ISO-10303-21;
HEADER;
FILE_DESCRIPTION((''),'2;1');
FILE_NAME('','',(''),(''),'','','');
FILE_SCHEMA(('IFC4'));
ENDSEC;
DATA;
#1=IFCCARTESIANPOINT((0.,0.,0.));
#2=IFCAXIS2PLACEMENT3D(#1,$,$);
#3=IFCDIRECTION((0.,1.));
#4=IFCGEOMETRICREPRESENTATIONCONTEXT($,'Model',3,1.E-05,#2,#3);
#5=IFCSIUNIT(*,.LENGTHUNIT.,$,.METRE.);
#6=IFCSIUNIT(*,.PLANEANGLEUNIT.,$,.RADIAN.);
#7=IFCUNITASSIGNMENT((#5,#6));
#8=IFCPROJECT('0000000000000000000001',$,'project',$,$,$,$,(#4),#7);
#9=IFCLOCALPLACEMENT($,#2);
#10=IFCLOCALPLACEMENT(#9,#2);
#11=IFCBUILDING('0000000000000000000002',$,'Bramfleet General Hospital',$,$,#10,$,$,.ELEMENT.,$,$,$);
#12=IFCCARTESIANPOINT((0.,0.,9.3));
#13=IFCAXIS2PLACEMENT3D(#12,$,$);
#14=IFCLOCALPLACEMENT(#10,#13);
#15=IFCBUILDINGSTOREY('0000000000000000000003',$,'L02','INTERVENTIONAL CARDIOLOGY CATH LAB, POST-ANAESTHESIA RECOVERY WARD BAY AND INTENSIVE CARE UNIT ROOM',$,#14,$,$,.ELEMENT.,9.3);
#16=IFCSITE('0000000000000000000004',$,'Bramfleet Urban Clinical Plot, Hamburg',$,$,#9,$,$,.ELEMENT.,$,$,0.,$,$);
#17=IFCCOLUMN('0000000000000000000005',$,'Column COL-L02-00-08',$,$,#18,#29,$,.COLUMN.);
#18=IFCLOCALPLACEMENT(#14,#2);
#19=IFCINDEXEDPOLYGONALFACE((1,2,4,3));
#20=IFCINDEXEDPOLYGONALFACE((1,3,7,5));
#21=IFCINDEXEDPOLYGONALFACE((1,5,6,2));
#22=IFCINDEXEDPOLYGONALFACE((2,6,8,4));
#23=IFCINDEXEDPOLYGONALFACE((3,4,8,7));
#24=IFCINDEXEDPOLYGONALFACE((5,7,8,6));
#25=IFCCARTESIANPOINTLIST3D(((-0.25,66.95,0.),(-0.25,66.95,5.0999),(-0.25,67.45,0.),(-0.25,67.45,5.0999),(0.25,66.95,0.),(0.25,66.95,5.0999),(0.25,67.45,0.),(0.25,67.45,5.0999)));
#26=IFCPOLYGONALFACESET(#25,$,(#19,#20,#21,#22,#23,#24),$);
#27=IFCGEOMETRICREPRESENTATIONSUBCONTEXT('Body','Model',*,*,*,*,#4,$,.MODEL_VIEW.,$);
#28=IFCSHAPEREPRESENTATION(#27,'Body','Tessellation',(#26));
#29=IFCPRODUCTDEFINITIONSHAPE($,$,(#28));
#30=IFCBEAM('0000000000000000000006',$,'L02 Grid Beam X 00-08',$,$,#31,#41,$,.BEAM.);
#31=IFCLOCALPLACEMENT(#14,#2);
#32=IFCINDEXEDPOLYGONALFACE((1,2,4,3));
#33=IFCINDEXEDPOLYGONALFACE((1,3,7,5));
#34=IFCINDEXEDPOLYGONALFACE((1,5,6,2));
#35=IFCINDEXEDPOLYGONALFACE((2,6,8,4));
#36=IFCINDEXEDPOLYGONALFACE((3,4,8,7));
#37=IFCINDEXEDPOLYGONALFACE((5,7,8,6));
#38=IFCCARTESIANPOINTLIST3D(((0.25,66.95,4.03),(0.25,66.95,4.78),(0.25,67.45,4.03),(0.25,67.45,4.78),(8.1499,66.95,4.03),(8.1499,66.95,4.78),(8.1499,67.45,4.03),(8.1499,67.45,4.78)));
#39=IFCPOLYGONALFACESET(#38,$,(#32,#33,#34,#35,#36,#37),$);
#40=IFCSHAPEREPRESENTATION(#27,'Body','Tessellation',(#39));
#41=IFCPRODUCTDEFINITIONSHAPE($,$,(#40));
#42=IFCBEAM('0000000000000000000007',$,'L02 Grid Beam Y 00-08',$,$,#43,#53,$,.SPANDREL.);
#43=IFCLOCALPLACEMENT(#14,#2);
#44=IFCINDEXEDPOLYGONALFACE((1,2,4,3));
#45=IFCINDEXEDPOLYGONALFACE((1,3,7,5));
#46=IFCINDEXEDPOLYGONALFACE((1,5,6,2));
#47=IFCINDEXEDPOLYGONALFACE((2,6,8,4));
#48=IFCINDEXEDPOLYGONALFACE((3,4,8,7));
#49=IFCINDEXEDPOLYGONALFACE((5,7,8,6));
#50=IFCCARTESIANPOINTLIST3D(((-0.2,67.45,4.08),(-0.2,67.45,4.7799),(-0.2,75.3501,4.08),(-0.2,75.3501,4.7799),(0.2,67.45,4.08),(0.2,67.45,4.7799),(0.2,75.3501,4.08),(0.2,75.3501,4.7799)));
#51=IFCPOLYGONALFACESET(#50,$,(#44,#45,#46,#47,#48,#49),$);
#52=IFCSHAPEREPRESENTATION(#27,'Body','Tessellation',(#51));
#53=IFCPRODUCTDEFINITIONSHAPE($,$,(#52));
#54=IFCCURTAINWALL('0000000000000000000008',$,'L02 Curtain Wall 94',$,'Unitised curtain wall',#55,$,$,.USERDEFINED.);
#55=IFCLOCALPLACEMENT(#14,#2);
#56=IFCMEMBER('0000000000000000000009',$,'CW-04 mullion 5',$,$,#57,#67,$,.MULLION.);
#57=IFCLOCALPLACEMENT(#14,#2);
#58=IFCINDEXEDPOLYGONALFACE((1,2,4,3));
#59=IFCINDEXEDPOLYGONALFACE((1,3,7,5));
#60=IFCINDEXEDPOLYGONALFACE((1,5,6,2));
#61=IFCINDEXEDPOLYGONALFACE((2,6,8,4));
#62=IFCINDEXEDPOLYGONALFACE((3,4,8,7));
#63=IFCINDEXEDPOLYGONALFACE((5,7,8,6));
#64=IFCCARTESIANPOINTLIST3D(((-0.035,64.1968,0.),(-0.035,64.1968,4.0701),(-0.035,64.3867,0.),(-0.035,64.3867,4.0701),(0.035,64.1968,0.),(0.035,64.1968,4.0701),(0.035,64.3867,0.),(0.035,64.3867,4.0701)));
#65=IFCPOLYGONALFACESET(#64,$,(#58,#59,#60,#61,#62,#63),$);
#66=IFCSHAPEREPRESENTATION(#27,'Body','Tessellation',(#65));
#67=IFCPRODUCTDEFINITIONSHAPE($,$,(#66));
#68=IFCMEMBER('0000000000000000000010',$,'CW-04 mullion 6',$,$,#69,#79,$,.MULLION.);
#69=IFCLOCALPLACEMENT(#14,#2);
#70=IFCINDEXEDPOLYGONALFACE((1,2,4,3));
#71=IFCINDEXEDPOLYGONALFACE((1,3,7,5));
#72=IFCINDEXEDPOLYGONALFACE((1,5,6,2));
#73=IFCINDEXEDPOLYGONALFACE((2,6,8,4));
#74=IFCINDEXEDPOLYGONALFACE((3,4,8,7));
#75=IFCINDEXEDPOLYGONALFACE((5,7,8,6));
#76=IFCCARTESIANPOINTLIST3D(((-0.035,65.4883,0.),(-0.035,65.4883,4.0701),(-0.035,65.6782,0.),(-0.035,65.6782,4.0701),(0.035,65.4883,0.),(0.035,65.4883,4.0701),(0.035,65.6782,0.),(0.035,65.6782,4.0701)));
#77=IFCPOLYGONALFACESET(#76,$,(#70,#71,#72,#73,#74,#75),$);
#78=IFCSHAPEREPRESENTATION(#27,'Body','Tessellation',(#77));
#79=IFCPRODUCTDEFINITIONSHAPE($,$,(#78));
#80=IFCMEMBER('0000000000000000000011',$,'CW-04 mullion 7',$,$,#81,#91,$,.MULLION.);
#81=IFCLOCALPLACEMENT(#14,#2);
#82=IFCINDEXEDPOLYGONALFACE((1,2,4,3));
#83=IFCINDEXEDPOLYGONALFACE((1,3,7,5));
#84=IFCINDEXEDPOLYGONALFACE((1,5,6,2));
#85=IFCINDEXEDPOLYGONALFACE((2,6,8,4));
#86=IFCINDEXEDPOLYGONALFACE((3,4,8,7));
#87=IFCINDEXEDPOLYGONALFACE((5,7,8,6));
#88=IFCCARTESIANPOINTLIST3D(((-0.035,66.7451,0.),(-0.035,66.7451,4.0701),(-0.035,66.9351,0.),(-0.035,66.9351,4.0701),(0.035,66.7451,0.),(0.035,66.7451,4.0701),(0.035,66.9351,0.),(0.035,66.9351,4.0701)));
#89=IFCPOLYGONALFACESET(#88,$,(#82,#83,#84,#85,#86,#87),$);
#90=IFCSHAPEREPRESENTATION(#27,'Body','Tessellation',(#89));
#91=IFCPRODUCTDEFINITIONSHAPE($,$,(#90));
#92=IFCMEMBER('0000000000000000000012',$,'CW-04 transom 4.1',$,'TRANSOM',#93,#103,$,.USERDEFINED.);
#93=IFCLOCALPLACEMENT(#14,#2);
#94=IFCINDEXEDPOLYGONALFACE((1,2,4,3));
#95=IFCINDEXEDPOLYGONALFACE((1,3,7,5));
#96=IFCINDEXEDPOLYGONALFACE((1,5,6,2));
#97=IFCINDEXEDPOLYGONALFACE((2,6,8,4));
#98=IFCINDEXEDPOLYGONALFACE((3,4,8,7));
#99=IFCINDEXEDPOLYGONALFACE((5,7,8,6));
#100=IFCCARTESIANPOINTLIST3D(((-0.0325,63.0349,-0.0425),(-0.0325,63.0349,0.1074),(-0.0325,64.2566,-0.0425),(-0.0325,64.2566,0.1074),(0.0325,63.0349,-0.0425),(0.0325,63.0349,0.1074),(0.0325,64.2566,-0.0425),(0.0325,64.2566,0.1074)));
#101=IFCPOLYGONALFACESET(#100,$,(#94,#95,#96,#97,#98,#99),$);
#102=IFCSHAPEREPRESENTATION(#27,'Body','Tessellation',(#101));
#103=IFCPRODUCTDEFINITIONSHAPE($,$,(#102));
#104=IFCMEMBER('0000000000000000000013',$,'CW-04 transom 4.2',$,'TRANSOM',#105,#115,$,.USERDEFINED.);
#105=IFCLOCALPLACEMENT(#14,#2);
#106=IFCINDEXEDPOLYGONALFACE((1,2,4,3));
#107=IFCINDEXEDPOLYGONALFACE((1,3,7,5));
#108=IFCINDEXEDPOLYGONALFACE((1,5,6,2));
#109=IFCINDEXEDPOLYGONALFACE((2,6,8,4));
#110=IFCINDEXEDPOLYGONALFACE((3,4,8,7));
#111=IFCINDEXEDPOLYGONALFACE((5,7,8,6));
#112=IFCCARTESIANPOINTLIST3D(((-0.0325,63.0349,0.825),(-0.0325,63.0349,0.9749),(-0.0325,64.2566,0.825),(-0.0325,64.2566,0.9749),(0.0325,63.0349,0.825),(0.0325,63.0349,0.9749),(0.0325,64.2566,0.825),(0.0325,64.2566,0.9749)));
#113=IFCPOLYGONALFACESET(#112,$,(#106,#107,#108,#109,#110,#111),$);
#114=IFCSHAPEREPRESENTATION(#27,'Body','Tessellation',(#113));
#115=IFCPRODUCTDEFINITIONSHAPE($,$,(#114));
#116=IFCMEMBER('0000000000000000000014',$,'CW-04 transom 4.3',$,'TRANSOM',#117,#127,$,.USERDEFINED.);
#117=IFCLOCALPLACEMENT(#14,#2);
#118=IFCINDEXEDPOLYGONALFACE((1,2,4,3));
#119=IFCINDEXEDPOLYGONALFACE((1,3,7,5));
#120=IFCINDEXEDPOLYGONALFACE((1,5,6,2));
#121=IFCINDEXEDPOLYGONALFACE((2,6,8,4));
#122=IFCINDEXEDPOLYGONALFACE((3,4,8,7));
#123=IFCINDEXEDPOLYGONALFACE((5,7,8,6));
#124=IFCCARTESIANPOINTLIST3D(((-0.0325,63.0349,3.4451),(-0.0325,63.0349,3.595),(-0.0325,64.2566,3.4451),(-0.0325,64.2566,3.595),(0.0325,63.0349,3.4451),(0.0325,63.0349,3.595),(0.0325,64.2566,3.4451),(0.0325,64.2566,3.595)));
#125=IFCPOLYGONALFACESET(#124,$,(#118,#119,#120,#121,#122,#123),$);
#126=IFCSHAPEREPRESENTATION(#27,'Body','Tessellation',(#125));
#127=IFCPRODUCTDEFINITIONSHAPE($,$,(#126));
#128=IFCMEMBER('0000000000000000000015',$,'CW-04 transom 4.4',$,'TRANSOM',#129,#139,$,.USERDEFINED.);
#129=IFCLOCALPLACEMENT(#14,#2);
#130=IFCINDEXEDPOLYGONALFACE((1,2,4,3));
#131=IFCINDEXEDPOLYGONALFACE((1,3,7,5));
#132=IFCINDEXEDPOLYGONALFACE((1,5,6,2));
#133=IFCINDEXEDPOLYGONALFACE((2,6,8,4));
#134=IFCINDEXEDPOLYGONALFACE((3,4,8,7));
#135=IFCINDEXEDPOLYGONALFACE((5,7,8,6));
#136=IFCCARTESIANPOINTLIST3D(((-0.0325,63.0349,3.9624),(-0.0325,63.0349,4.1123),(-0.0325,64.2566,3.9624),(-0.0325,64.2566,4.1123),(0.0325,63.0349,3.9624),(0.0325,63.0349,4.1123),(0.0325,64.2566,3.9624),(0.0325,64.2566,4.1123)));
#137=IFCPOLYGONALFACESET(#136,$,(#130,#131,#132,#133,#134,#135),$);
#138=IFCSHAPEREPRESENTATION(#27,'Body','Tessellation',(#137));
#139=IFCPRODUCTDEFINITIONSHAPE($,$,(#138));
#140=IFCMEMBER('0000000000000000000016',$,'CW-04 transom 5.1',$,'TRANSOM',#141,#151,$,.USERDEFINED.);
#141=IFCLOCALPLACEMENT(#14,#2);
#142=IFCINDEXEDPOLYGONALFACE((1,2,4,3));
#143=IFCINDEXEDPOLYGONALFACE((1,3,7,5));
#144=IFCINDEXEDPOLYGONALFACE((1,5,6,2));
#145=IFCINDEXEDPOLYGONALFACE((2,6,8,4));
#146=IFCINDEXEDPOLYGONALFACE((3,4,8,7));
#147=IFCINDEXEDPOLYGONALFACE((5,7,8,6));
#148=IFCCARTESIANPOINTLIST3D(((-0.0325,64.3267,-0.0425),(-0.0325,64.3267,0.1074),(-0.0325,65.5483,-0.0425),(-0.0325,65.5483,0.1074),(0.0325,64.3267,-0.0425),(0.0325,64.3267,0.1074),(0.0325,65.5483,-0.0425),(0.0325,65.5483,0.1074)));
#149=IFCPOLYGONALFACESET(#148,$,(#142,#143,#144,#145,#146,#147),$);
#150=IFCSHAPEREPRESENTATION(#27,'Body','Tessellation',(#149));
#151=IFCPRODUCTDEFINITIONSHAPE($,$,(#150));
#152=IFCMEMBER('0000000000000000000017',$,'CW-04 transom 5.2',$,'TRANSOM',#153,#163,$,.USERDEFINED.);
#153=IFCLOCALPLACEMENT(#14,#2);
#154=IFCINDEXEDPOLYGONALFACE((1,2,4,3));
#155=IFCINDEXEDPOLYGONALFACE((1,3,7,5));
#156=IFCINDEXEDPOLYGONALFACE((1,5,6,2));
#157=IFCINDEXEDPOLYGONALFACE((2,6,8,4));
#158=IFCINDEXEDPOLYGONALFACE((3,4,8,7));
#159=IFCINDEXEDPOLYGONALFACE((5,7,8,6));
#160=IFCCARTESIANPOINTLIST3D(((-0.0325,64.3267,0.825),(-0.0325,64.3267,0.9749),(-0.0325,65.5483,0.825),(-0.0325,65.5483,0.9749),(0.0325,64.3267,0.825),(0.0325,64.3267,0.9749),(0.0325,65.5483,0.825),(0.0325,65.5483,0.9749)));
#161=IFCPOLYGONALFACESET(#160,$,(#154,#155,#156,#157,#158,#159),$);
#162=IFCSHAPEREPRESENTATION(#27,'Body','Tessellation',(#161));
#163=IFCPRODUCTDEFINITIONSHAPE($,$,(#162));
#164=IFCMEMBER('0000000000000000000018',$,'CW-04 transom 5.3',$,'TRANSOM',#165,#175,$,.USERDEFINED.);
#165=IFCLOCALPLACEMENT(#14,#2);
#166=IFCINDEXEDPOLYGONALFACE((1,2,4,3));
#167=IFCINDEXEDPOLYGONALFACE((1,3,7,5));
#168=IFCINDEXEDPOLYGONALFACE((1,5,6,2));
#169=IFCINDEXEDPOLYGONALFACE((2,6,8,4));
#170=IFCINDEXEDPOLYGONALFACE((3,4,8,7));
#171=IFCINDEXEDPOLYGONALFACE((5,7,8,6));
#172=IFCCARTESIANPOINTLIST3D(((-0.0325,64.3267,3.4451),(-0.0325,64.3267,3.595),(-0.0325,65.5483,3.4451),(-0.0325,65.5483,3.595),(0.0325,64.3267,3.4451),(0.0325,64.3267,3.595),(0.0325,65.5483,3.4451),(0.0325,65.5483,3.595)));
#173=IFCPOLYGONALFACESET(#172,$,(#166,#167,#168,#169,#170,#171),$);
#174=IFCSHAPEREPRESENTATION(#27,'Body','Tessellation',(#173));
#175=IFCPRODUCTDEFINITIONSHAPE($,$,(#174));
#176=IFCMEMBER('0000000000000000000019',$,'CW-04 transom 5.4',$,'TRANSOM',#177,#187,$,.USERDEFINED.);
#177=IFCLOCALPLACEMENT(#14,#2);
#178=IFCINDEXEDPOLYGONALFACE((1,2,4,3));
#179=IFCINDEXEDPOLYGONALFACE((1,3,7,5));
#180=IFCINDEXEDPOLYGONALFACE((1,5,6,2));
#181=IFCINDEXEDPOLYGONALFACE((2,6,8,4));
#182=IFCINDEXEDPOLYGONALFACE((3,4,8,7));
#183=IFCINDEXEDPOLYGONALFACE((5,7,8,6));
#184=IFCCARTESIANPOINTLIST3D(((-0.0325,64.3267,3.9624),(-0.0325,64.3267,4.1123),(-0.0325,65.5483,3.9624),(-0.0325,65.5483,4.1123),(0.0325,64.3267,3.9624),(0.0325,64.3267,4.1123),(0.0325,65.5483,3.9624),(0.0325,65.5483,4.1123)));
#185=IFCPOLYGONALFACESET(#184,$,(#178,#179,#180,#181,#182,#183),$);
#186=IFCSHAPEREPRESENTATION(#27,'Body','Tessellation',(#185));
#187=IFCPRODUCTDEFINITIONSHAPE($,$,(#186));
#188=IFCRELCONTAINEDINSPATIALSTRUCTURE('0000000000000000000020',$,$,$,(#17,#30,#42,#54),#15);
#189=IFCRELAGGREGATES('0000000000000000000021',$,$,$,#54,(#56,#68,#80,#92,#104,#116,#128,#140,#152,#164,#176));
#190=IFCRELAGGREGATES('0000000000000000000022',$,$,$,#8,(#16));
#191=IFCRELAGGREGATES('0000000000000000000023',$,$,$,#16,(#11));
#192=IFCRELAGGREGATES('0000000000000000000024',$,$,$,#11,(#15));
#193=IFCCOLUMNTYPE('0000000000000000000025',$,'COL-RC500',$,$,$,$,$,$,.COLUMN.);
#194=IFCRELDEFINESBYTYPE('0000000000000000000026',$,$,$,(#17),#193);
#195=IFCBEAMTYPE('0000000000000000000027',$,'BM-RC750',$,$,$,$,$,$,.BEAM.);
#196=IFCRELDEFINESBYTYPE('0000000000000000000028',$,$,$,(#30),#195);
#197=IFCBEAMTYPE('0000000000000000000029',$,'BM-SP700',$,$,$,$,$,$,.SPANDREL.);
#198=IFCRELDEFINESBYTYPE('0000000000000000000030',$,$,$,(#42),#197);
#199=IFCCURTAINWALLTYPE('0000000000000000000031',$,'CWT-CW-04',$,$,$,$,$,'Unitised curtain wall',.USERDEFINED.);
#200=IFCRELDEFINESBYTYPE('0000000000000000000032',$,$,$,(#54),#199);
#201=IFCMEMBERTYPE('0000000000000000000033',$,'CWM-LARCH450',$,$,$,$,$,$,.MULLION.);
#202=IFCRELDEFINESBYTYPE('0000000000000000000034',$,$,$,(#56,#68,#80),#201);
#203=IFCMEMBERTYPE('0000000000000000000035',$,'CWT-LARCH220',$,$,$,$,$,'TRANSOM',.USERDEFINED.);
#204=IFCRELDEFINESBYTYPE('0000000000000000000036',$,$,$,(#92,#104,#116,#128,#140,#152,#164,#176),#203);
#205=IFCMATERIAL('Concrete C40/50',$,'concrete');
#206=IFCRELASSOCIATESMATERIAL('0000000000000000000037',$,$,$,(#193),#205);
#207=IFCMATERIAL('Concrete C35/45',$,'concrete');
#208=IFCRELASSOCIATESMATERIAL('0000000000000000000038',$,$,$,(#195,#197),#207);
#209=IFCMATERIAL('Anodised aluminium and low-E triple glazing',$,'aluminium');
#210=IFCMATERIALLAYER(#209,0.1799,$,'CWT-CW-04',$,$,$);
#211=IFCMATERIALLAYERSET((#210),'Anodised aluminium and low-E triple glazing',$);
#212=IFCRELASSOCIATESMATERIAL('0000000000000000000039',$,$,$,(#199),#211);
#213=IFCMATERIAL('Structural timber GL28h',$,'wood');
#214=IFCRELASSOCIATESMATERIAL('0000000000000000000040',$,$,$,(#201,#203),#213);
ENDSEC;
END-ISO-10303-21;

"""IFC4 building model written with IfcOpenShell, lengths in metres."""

from ifc_helpers import new_model, si_unit, direction, frame, origin, origin_2d, place, context, subcontext, project, spatial, rectangle, extrude, material, layer, layer_set, material_profile, profile_set, type_object, element, aggregate, save


model = new_model("IFC4")

# Units and contexts
model_context = context("Model", 3, precision=1e-05, world=origin(), true_north=direction((0.0, 1.0)))
body_context = subcontext(model_context, "Body", "Model", "MODEL_VIEW")
ifc_project = project(units=[si_unit("LENGTHUNIT", "METRE"), si_unit("PLANEANGLEUNIT", "RADIAN")], contexts=[model_context])

# Site, building, storey
site_placement = place(None, origin())
site = spatial("IfcSite", under=ifc_project, at=site_placement, Name="Bramfleet Urban Clinical Plot, Hamburg", CompositionType="ELEMENT", RefElevation=0.0)
building_placement = place(site_placement, origin())
building = spatial("IfcBuilding", under=site, at=building_placement, Name="Bramfleet General Hospital", CompositionType="ELEMENT")
storey_placement = place(building_placement, frame((0.0, 0.0, 9.3)))
storey = spatial("IfcBuildingStorey", under=building, at=storey_placement, Name="L02", Description="INTERVENTIONAL CARDIOLOGY CATH LAB, POST-ANAESTHESIA RECOVERY WARD BAY AND INTENSIVE CARE UNIT ROOM", CompositionType="ELEMENT", Elevation=9.3)

# Column
ifc_material_1 = material(Name="Concrete C40/50", Category="concrete")
ifc_material_profile_1 = material_profile(ifc_material_1, rectangle(XDim=0.5, YDim=0.5, at=origin_2d()), Name="RC COL 500x500")
ifc_profile_set_1 = profile_set([ifc_material_profile_1], Name="Concrete C40/50")
column_type = type_object("IfcColumnType", Name="COL-RC500", PredefinedType="COLUMN", material=ifc_profile_set_1)
column_placement = place(storey_placement, frame((0.0, 67.2, 0.0), z_axis=(0.0, 0.0, 1.0), x_axis=(1.0, 0.0, 0.0)))
element("IfcColumn", 1, at=column_placement, inside=storey, type_object=column_type, Name="Column COL-L02-00-08", PredefinedType="COLUMN", context=body_context, shape_type="SweptSolid", body=[
    extrude(rectangle(XDim=0.5, YDim=0.5, at=origin_2d()), origin(), (0.0, 0.0, 1.0), 5.0999),
])

# Beams
ifc_material_2 = material(Name="Concrete C35/45", Category="concrete")
ifc_material_profile_2 = material_profile(ifc_material_2, rectangle(XDim=0.5, YDim=0.75, at=origin_2d()), Name="RC BM 750x500")
ifc_profile_set_2 = profile_set([ifc_material_profile_2], Name="Concrete C35/45")
beam_type_1 = type_object("IfcBeamType", Name="BM-RC750", PredefinedType="BEAM", material=ifc_profile_set_2)
beam_1_placement = place(storey_placement, frame((0.25, 67.2, 4.405), z_axis=(1.0, 0.0, 0.0), x_axis=(0.0, 1.0, 0.0)))
element("IfcBeam", 2, at=beam_1_placement, inside=storey, type_object=beam_type_1, Name="L02 Grid Beam X 00-08", PredefinedType="BEAM", context=body_context, shape_type="SweptSolid", body=[
    extrude(rectangle(XDim=0.5, YDim=0.75, at=origin_2d()), origin(), (0.0, 0.0, 1.0), 7.8999),
])
ifc_material_profile_3 = material_profile(ifc_material_2, rectangle(XDim=0.3999, YDim=0.7, at=origin_2d()), Name="RC SP 700x400")
ifc_profile_set_3 = profile_set([ifc_material_profile_3], Name="Concrete C35/45")
beam_type_2 = type_object("IfcBeamType", Name="BM-SP700", PredefinedType="SPANDREL", material=ifc_profile_set_3)
beam_2_placement = place(storey_placement, frame((0.0, 67.45, 4.4299), z_axis=(0.0, 1.0, 0.0), x_axis=(-1.0, 0.0, 0.0)))
element("IfcBeam", 3, at=beam_2_placement, inside=storey, type_object=beam_type_2, Name="L02 Grid Beam Y 00-08", PredefinedType="SPANDREL", context=body_context, shape_type="SweptSolid", body=[
    extrude(rectangle(XDim=0.3999, YDim=0.7, at=origin_2d()), origin(), (0.0, 0.0, 1.0), 7.9001),
])

# Curtain wall, members
ifc_material_3 = material(Name="Anodised aluminium and low-E triple glazing", Category="aluminium")
ifc_layer_1 = layer(ifc_material_3, 0.1799, Name="CWT-CW-04")
ifc_layer_set_1 = layer_set([ifc_layer_1], Name="Anodised aluminium and low-E triple glazing")
curtain_wall_type = type_object("IfcCurtainWallType", Name="CWT-CW-04", ElementType="Unitised curtain wall", PredefinedType="USERDEFINED", material=ifc_layer_set_1)
curtain_wall_placement = place(storey_placement, origin())
curtain_wall = element("IfcCurtainWall", 4, at=curtain_wall_placement, inside=storey, type_object=curtain_wall_type, Name="L02 Curtain Wall 94", ObjectType="Unitised curtain wall", PredefinedType="USERDEFINED")
ifc_material_4 = material(Name="Structural timber GL28h", Category="wood")
ifc_material_profile_4 = material_profile(ifc_material_4, rectangle(XDim=0.0701, YDim=0.1899, at=origin_2d()), Name="LARCH 190x70")
ifc_profile_set_4 = profile_set([ifc_material_profile_4], Name="Structural timber GL28h")
member_type_1 = type_object("IfcMemberType", Name="CWM-LARCH450", PredefinedType="MULLION", material=ifc_profile_set_4)
member_1_placement = place(storey_placement, frame((0.0, 64.2917, 0.0), z_axis=(0.0, 0.0, 1.0), x_axis=(-1.0, 0.0, 0.0)))
member_1 = element("IfcMember", 5, at=member_1_placement, type_object=member_type_1, Name="CW-04 mullion 5", PredefinedType="MULLION", context=body_context, shape_type="SweptSolid", body=[
    extrude(rectangle(XDim=0.0701, YDim=0.1899, at=origin_2d()), origin(), (0.0, 0.0, 1.0), 4.0701),
])
member_2_placement = place(storey_placement, frame((0.0, 65.5833, 0.0), z_axis=(0.0, 0.0, 1.0), x_axis=(-1.0, 0.0, 0.0)))
member_2 = element("IfcMember", 6, at=member_2_placement, type_object=member_type_1, Name="CW-04 mullion 6", PredefinedType="MULLION", context=body_context, shape_type="SweptSolid", body=[
    extrude(rectangle(XDim=0.0701, YDim=0.1899, at=origin_2d()), origin(), (0.0, 0.0, 1.0), 4.0701),
])
member_3_placement = place(storey_placement, frame((0.0, 66.8401, 0.0), z_axis=(0.0, 0.0, 1.0), x_axis=(-1.0, 0.0, 0.0)))
member_3 = element("IfcMember", 7, at=member_3_placement, type_object=member_type_1, Name="CW-04 mullion 7", PredefinedType="MULLION", context=body_context, shape_type="SweptSolid", body=[
    extrude(rectangle(XDim=0.0701, YDim=0.1899, at=origin_2d()), origin(), (0.0, 0.0, 1.0), 4.0701),
])
ifc_material_profile_5 = material_profile(ifc_material_4, rectangle(XDim=0.0649, YDim=0.1499, at=origin_2d()), Name="LARCH 150x65")
ifc_profile_set_5 = profile_set([ifc_material_profile_5], Name="Structural timber GL28h")
member_type_2 = type_object("IfcMemberType", Name="CWT-LARCH220", ElementType="TRANSOM", PredefinedType="USERDEFINED", material=ifc_profile_set_5)
member_4_placement = place(storey_placement, frame((0.0, 63.0349, 0.0325), z_axis=(0.0, 1.0, 0.0), x_axis=(-1.0, 0.0, 0.0)))
member_4 = element("IfcMember", 8, at=member_4_placement, type_object=member_type_2, Name="CW-04 transom 4.1", ObjectType="TRANSOM", PredefinedType="USERDEFINED", context=body_context, shape_type="SweptSolid", body=[
    extrude(rectangle(XDim=0.0649, YDim=0.1499, at=origin_2d()), origin(), (0.0, 0.0, 1.0), 1.2217),
])
member_5_placement = place(storey_placement, frame((0.0, 63.0349, 0.8999), z_axis=(0.0, 1.0, 0.0), x_axis=(-1.0, 0.0, 0.0)))
member_5 = element("IfcMember", 9, at=member_5_placement, type_object=member_type_2, Name="CW-04 transom 4.2", ObjectType="TRANSOM", PredefinedType="USERDEFINED", context=body_context, shape_type="SweptSolid", body=[
    extrude(rectangle(XDim=0.0649, YDim=0.1499, at=origin_2d()), origin(), (0.0, 0.0, 1.0), 1.2217),
])
member_6_placement = place(storey_placement, frame((0.0, 63.0349, 3.52), z_axis=(0.0, 1.0, 0.0), x_axis=(-1.0, 0.0, 0.0)))
member_6 = element("IfcMember", 10, at=member_6_placement, type_object=member_type_2, Name="CW-04 transom 4.3", ObjectType="TRANSOM", PredefinedType="USERDEFINED", context=body_context, shape_type="SweptSolid", body=[
    extrude(rectangle(XDim=0.0649, YDim=0.1499, at=origin_2d()), origin(), (0.0, 0.0, 1.0), 1.2217),
])
member_7_placement = place(storey_placement, frame((0.0, 63.0349, 4.0374), z_axis=(0.0, 1.0, 0.0), x_axis=(-1.0, 0.0, 0.0)))
member_7 = element("IfcMember", 11, at=member_7_placement, type_object=member_type_2, Name="CW-04 transom 4.4", ObjectType="TRANSOM", PredefinedType="USERDEFINED", context=body_context, shape_type="SweptSolid", body=[
    extrude(rectangle(XDim=0.0649, YDim=0.1499, at=origin_2d()), origin(), (0.0, 0.0, 1.0), 1.2217),
])
member_8_placement = place(storey_placement, frame((0.0, 64.3267, 0.0325), z_axis=(0.0, 1.0, 0.0), x_axis=(-1.0, 0.0, 0.0)))
member_8 = element("IfcMember", 12, at=member_8_placement, type_object=member_type_2, Name="CW-04 transom 5.1", ObjectType="TRANSOM", PredefinedType="USERDEFINED", context=body_context, shape_type="SweptSolid", body=[
    extrude(rectangle(XDim=0.0649, YDim=0.1499, at=origin_2d()), origin(), (0.0, 0.0, 1.0), 1.2217),
])
member_9_placement = place(storey_placement, frame((0.0, 64.3267, 0.8999), z_axis=(0.0, 1.0, 0.0), x_axis=(-1.0, 0.0, 0.0)))
member_9 = element("IfcMember", 13, at=member_9_placement, type_object=member_type_2, Name="CW-04 transom 5.2", ObjectType="TRANSOM", PredefinedType="USERDEFINED", context=body_context, shape_type="SweptSolid", body=[
    extrude(rectangle(XDim=0.0649, YDim=0.1499, at=origin_2d()), origin(), (0.0, 0.0, 1.0), 1.2217),
])
member_10_placement = place(storey_placement, frame((0.0, 64.3267, 3.52), z_axis=(0.0, 1.0, 0.0), x_axis=(-1.0, 0.0, 0.0)))
member_10 = element("IfcMember", 14, at=member_10_placement, type_object=member_type_2, Name="CW-04 transom 5.3", ObjectType="TRANSOM", PredefinedType="USERDEFINED", context=body_context, shape_type="SweptSolid", body=[
    extrude(rectangle(XDim=0.0649, YDim=0.1499, at=origin_2d()), origin(), (0.0, 0.0, 1.0), 1.2217),
])
member_11_placement = place(storey_placement, frame((0.0, 64.3267, 4.0374), z_axis=(0.0, 1.0, 0.0), x_axis=(-1.0, 0.0, 0.0)))
member_11 = element("IfcMember", 15, at=member_11_placement, type_object=member_type_2, Name="CW-04 transom 5.4", ObjectType="TRANSOM", PredefinedType="USERDEFINED", context=body_context, shape_type="SweptSolid", body=[
    extrude(rectangle(XDim=0.0649, YDim=0.1499, at=origin_2d()), origin(), (0.0, 0.0, 1.0), 1.2217),
])

aggregate(curtain_wall, [member_1, member_2, member_3, member_4, member_5, member_6, member_7, member_8, member_9, member_10, member_11])

save(model, "model.ifc")
